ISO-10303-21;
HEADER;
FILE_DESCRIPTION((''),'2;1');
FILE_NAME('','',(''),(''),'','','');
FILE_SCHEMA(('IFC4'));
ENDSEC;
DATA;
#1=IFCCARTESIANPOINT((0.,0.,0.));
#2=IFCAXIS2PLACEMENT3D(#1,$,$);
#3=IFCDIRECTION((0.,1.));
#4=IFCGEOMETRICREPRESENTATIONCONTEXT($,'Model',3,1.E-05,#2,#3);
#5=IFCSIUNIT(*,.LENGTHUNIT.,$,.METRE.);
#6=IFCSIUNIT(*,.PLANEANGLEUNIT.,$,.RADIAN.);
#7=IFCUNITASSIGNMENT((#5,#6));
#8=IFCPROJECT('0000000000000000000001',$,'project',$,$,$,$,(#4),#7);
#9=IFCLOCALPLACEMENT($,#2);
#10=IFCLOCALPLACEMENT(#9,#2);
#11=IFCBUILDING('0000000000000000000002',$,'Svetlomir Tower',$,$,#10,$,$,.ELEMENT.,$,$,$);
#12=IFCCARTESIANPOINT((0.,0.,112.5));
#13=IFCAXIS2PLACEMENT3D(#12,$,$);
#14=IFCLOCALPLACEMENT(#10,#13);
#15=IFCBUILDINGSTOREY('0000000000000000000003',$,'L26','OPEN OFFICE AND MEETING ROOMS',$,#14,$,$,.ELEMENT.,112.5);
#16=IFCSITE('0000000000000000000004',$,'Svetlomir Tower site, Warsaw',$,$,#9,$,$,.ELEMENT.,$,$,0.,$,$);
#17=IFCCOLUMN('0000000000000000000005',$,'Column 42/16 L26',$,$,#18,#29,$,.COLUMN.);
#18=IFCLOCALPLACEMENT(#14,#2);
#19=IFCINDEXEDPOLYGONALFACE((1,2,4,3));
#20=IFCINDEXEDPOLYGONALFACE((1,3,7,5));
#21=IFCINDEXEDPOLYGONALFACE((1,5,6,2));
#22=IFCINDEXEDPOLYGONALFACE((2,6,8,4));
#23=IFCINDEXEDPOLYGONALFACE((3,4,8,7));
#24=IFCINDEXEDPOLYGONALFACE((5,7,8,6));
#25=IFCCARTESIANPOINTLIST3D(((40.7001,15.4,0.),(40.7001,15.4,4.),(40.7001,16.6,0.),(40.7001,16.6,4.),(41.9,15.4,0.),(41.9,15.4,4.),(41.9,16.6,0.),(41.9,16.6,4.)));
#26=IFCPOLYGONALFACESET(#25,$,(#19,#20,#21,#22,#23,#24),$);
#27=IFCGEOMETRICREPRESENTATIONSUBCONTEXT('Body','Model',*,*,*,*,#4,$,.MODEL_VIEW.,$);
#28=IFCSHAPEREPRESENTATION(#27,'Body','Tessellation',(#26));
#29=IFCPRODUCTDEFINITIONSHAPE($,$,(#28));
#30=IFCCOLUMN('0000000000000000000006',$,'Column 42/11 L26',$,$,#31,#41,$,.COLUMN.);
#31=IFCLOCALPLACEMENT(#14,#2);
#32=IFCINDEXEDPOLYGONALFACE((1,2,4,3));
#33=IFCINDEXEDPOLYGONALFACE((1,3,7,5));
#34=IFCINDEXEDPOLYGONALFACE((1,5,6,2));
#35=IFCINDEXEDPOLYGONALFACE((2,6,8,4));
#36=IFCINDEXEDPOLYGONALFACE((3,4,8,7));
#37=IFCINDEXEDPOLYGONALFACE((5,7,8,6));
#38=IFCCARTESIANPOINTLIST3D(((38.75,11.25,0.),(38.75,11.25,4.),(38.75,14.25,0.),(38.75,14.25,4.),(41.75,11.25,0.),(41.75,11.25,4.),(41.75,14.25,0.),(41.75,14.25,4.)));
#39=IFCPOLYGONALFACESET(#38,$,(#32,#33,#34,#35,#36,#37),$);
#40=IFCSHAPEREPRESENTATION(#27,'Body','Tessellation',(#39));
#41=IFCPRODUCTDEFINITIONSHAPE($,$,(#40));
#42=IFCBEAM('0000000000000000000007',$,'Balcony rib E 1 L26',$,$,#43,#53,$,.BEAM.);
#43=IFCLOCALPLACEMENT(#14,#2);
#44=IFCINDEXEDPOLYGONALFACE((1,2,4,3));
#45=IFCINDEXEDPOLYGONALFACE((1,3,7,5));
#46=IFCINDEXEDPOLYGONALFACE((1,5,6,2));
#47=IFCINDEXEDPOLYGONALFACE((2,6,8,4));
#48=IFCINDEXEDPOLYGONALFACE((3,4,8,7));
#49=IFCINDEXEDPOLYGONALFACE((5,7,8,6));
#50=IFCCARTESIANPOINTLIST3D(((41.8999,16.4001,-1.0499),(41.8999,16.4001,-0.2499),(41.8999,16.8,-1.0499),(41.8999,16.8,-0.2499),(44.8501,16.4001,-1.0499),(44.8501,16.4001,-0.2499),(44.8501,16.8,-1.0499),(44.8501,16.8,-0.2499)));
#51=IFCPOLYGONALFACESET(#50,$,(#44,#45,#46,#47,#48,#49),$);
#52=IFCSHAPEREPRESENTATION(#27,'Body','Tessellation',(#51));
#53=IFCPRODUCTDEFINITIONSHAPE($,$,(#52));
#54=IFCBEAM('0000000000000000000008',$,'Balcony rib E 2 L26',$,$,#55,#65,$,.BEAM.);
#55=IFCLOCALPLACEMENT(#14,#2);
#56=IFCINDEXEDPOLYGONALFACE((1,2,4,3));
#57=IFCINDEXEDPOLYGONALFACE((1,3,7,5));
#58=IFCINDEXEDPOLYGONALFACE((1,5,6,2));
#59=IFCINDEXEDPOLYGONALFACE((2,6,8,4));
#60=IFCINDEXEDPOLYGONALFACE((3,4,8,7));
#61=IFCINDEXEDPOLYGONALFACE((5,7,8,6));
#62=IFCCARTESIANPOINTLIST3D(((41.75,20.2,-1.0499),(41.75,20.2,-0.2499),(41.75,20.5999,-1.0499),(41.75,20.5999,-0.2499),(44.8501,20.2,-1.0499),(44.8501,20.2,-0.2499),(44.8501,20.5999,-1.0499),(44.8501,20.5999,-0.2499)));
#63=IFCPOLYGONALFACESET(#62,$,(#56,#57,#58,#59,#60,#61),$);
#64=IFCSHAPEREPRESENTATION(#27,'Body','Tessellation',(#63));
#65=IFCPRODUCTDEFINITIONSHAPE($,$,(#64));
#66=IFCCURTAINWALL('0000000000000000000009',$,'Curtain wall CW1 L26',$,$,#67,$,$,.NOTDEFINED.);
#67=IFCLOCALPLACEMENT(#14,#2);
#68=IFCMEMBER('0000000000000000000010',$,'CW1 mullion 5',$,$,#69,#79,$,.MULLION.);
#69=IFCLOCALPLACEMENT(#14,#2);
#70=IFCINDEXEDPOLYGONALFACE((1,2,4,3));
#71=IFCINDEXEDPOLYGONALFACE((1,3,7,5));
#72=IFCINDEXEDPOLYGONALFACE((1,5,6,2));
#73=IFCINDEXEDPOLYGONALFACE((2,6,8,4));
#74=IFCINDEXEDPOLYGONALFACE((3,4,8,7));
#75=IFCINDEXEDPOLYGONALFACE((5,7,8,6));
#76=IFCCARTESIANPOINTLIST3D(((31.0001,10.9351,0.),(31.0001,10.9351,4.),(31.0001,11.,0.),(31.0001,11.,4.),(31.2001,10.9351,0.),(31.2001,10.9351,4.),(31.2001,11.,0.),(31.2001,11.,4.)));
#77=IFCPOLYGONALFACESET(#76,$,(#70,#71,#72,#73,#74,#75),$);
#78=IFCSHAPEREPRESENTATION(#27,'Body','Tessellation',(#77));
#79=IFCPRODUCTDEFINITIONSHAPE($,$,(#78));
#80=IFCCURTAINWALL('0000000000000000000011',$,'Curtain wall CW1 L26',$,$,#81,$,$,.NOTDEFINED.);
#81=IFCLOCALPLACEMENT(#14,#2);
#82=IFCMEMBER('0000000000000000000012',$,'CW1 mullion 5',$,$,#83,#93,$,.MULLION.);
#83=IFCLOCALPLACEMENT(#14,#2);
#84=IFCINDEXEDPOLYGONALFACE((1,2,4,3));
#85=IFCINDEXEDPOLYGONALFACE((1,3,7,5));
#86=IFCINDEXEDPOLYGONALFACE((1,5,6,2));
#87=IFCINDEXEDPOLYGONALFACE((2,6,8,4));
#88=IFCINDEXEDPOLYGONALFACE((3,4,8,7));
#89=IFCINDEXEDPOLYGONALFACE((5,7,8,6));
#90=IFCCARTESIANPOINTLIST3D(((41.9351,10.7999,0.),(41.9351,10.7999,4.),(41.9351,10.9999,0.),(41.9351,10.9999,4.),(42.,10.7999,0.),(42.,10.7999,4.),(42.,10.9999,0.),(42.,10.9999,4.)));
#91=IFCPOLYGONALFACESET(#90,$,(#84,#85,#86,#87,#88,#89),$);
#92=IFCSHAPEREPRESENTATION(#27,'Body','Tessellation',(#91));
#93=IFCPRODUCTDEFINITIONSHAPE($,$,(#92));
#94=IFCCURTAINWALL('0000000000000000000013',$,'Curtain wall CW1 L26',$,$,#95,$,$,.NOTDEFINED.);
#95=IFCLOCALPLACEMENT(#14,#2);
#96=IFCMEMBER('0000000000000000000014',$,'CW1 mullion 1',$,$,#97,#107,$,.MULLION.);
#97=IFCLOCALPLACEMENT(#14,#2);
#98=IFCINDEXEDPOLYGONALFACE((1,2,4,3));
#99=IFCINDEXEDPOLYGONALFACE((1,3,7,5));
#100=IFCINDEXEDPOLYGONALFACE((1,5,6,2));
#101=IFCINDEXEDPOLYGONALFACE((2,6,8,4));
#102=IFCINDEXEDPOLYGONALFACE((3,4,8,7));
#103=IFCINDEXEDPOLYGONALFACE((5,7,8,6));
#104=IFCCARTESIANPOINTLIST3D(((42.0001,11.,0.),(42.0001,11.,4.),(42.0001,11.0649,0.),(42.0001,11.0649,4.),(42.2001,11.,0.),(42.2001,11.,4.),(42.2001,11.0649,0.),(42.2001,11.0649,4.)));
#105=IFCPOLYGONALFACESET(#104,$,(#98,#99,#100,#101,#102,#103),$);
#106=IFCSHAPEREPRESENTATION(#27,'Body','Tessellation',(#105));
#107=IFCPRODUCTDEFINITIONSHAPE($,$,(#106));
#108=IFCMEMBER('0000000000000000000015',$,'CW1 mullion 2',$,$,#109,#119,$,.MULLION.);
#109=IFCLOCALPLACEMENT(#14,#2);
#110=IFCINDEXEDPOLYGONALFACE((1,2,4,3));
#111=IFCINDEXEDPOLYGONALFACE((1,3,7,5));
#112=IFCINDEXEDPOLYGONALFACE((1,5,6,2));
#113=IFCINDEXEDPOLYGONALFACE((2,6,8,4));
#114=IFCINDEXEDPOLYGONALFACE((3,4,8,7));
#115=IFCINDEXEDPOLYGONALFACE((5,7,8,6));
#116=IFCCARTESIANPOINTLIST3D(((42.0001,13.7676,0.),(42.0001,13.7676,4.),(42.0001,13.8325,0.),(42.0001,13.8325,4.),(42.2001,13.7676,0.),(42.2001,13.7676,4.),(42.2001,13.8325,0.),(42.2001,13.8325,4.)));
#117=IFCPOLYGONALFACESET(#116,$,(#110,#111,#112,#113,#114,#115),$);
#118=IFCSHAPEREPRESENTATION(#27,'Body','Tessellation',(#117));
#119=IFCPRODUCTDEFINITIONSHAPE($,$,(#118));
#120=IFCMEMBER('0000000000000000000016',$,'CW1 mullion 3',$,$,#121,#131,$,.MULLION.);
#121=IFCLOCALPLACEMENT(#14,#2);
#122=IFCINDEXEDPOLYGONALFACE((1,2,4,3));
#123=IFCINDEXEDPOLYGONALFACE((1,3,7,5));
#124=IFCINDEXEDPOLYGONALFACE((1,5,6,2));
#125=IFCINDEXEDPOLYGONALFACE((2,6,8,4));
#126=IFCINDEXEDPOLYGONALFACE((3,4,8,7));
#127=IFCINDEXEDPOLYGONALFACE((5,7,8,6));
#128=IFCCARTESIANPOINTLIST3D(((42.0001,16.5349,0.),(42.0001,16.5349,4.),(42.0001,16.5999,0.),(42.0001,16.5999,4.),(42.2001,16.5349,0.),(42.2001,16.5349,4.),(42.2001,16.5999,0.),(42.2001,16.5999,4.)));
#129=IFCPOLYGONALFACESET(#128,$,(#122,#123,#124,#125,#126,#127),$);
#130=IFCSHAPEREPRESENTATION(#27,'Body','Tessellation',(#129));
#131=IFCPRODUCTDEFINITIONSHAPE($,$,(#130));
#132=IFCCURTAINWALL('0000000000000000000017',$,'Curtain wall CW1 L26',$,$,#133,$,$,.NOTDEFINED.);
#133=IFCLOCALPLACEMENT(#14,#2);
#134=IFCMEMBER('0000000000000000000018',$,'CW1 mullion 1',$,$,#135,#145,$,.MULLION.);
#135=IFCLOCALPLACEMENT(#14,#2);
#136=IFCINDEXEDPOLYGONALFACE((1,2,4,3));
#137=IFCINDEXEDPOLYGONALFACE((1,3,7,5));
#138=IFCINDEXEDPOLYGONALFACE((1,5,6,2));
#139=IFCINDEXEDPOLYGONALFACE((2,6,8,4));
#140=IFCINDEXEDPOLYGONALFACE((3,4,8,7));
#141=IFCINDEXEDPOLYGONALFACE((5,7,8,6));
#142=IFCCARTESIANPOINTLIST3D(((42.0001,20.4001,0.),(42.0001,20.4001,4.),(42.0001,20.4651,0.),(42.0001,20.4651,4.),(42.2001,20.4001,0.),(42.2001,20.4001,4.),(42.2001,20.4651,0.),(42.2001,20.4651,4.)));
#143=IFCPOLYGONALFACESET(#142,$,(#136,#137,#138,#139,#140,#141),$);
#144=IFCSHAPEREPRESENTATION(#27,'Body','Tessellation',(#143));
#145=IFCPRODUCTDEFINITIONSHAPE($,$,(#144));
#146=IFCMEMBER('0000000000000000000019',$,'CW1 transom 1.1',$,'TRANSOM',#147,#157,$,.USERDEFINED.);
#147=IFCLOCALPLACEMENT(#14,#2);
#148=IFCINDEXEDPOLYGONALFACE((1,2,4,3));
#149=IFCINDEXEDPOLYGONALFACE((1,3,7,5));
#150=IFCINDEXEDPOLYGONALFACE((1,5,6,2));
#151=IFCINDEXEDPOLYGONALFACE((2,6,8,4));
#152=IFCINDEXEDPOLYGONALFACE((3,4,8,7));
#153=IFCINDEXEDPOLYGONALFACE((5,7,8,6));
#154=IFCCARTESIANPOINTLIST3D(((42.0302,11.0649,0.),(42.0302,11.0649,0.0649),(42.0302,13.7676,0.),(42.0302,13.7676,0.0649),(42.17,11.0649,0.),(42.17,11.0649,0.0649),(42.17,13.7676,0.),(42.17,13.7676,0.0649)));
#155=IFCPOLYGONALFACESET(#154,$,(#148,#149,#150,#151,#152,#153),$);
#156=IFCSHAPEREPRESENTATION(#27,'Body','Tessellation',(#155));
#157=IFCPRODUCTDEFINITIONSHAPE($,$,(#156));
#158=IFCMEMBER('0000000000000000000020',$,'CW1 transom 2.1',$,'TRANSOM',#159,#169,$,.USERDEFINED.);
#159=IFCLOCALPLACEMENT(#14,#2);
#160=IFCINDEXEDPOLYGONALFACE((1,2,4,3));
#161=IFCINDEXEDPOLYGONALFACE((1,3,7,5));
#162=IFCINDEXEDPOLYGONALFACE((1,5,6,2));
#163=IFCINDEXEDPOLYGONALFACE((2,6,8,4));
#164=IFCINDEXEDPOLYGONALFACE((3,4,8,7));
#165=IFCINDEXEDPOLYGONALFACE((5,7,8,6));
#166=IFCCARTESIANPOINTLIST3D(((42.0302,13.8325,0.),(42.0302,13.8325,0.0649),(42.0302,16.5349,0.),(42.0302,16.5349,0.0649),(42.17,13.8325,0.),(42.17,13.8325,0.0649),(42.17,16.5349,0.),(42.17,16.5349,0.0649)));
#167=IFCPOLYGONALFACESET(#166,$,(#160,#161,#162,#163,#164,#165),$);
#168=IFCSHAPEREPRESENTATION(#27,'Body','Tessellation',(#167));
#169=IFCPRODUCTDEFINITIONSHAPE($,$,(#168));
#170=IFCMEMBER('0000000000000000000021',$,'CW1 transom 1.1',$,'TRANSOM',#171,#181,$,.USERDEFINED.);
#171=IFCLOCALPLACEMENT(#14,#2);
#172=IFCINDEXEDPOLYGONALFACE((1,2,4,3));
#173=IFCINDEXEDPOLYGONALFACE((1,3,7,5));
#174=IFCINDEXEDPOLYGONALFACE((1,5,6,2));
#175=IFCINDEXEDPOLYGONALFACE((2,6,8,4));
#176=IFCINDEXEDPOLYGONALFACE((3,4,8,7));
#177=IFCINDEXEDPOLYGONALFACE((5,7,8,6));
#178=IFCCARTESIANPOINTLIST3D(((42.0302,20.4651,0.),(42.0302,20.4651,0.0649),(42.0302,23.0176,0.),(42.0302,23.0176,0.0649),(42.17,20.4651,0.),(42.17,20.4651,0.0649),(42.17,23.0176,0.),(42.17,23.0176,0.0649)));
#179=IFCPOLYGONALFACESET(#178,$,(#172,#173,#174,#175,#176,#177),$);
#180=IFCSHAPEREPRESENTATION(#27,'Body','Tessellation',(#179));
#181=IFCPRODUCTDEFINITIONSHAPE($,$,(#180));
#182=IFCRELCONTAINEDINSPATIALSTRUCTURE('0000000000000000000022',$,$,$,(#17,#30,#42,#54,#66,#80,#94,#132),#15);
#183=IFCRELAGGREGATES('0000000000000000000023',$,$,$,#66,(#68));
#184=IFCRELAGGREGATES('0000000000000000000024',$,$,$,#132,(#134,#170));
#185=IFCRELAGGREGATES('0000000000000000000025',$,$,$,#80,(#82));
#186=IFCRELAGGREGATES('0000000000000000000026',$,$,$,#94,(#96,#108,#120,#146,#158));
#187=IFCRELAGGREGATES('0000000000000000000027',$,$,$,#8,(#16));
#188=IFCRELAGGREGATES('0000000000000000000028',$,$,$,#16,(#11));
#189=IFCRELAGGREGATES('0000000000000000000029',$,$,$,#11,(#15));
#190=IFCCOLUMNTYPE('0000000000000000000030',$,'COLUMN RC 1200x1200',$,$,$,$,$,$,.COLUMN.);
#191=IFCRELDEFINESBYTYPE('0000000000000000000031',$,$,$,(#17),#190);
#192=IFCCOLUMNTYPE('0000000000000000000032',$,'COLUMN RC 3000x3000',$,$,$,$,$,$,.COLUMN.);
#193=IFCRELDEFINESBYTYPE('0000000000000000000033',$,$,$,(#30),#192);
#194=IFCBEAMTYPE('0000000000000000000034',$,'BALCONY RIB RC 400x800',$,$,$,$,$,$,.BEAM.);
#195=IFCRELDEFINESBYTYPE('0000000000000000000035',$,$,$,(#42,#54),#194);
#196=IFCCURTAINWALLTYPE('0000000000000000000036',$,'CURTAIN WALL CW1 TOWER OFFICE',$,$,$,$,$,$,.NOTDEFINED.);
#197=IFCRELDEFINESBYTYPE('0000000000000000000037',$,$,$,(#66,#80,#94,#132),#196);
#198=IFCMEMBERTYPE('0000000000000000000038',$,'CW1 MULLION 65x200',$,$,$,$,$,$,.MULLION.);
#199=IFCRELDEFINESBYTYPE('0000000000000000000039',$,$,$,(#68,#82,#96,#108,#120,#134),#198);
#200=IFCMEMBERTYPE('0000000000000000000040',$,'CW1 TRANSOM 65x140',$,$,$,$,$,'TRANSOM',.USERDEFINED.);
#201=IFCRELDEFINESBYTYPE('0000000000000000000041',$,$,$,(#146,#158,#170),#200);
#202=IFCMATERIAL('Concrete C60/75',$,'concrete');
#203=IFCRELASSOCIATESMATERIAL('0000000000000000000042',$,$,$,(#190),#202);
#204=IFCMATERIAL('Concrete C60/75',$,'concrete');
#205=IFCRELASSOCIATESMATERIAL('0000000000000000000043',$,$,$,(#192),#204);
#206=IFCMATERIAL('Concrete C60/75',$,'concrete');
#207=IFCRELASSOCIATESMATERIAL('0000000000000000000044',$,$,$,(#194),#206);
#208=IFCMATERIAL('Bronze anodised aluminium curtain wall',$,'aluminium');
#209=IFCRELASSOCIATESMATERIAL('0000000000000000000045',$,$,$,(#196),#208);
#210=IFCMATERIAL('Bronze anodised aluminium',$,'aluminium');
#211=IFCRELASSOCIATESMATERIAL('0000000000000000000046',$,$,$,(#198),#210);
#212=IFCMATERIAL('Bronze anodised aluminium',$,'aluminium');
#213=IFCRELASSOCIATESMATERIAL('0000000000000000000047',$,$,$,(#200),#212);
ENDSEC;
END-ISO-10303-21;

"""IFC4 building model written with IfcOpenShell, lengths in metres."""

from ifc_helpers import new_model, si_unit, direction, frame, origin, origin_2d, place, context, subcontext, project, spatial, rectangle, extrude, material, material_profile, profile_set, type_object, element, aggregate, save


model = new_model("IFC4")

# Units and contexts
model_context = context("Model", 3, precision=1e-05, world=origin(), true_north=direction((0.0, 1.0)))
body_context = subcontext(model_context, "Body", "Model", "MODEL_VIEW")
ifc_project = project(units=[si_unit("LENGTHUNIT", "METRE"), si_unit("PLANEANGLEUNIT", "RADIAN")], contexts=[model_context])

# Site, building, storey
site_placement = place(None, origin())
site = spatial("IfcSite", under=ifc_project, at=site_placement, Name="Svetlomir Tower site, Warsaw", CompositionType="ELEMENT", RefElevation=0.0)
building_placement = place(site_placement, origin())
building = spatial("IfcBuilding", under=site, at=building_placement, Name="Svetlomir Tower", CompositionType="ELEMENT")
storey_placement = place(building_placement, frame((0.0, 0.0, 112.5)))
storey = spatial("IfcBuildingStorey", under=building, at=storey_placement, Name="L26", Description="OPEN OFFICE AND MEETING ROOMS", CompositionType="ELEMENT", Elevation=112.5)

# Columns
ifc_material_1 = material(Name="Concrete C60/75", Category="concrete")
ifc_material_profile_1 = material_profile(ifc_material_1, rectangle(XDim=1.2, YDim=1.2, at=origin_2d()), Name="RC 1200x1200")
ifc_profile_set_1 = profile_set([ifc_material_profile_1], Name="Concrete C60/75")
column_type_1 = type_object("IfcColumnType", Name="COLUMN RC 1200x1200", PredefinedType="COLUMN", material=ifc_profile_set_1)
column_1_placement = place(storey_placement, frame((41.3, 16.0, 0.0), z_axis=(0.0, 0.0, 1.0), x_axis=(1.0, 0.0, 0.0)))
element("IfcColumn", 1, at=column_1_placement, inside=storey, type_object=column_type_1, Name="Column 42/16 L26", PredefinedType="COLUMN", context=body_context, shape_type="SweptSolid", body=[
    extrude(rectangle(XDim=1.2, YDim=1.2, at=origin_2d()), origin(), (0.0, 0.0, 1.0), 4.0),
])
ifc_material_2 = material(Name="Concrete C60/75", Category="concrete")
ifc_material_profile_2 = material_profile(ifc_material_2, rectangle(XDim=3.0, YDim=3.0, at=origin_2d()), Name="RC 3000x3000")
ifc_profile_set_2 = profile_set([ifc_material_profile_2], Name="Concrete C60/75")
column_type_2 = type_object("IfcColumnType", Name="COLUMN RC 3000x3000", PredefinedType="COLUMN", material=ifc_profile_set_2)
column_2_placement = place(storey_placement, frame((40.25, 12.75, 0.0), z_axis=(0.0, 0.0, 1.0), x_axis=(1.0, 0.0, 0.0)))
element("IfcColumn", 2, at=column_2_placement, inside=storey, type_object=column_type_2, Name="Column 42/11 L26", PredefinedType="COLUMN", context=body_context, shape_type="SweptSolid", body=[
    extrude(rectangle(XDim=3.0, YDim=3.0, at=origin_2d()), origin(), (0.0, 0.0, 1.0), 4.0),
])

# Beams
ifc_material_3 = material(Name="Concrete C60/75", Category="concrete")
ifc_material_profile_3 = material_profile(ifc_material_3, rectangle(XDim=0.3999, YDim=0.8, at=origin_2d()), Name="RC 400x800")
ifc_profile_set_3 = profile_set([ifc_material_profile_3], Name="Concrete C60/75")
beam_type_1 = type_object("IfcBeamType", Name="BALCONY RIB RC 400x800", PredefinedType="BEAM", material=ifc_profile_set_3)
beam_1_placement = place(storey_placement, frame((41.8999, 16.6001, -0.6499), z_axis=(1.0, 0.0, 0.0), x_axis=(0.0, 1.0, 0.0)))
element("IfcBeam", 3, at=beam_1_placement, inside=storey, type_object=beam_type_1, Name="Balcony rib E 1 L26", PredefinedType="BEAM", context=body_context, shape_type="SweptSolid", body=[
    extrude(rectangle(XDim=0.3999, YDim=0.8, at=origin_2d()), origin(), (0.0, 0.0, 1.0), 2.9502),
])
beam_2_placement = place(storey_placement, frame((41.75, 20.3999, -0.6499), z_axis=(1.0, 0.0, 0.0), x_axis=(0.0, 1.0, 0.0)))
element("IfcBeam", 4, at=beam_2_placement, inside=storey, type_object=beam_type_1, Name="Balcony rib E 2 L26", PredefinedType="BEAM", context=body_context, shape_type="SweptSolid", body=[
    extrude(rectangle(XDim=0.3999, YDim=0.8, at=origin_2d()), origin(), (0.0, 0.0, 1.0), 3.1001),
])

# Curtain walls, members
ifc_material_4 = material(Name="Bronze anodised aluminium curtain wall", Category="aluminium")
curtain_wall_type = type_object("IfcCurtainWallType", Name="CURTAIN WALL CW1 TOWER OFFICE", PredefinedType="NOTDEFINED", material=ifc_material_4)
curtain_wall_1_placement = place(storey_placement, origin())
curtain_wall_1 = element("IfcCurtainWall", 5, at=curtain_wall_1_placement, inside=storey, type_object=curtain_wall_type, Name="Curtain wall CW1 L26", PredefinedType="NOTDEFINED")
ifc_material_5 = material(Name="Bronze anodised aluminium", Category="aluminium")
ifc_material_profile_4 = material_profile(ifc_material_5, rectangle(XDim=0.0649, YDim=0.2, at=origin_2d()), Name="AL 65x200")
ifc_profile_set_4 = profile_set([ifc_material_profile_4], Name="Bronze anodised aluminium 6063-T6")
member_type_1 = type_object("IfcMemberType", Name="CW1 MULLION 65x200", PredefinedType="MULLION", material=ifc_profile_set_4)
member_1_placement = place(storey_placement, frame((31.1001, 10.9675, 0.0), z_axis=(0.0, 0.0, 1.0), x_axis=(0.0, 1.0, 0.0)))
member_1 = element("IfcMember", 6, at=member_1_placement, type_object=member_type_1, Name="CW1 mullion 5", PredefinedType="MULLION", context=body_context, shape_type="SweptSolid", body=[
    extrude(rectangle(XDim=0.0649, YDim=0.2, at=origin_2d()), origin(), (0.0, 0.0, 1.0), 4.0),
])
aggregate(curtain_wall_1, [member_1])
curtain_wall_2_placement = place(storey_placement, origin())
curtain_wall_2 = element("IfcCurtainWall", 7, at=curtain_wall_2_placement, inside=storey, type_object=curtain_wall_type, Name="Curtain wall CW1 L26", PredefinedType="NOTDEFINED")
member_2_placement = place(storey_placement, frame((41.9675, 10.8999, 0.0), z_axis=(0.0, 0.0, 1.0), x_axis=(1.0, 0.0, 0.0)))
member_2 = element("IfcMember", 8, at=member_2_placement, type_object=member_type_1, Name="CW1 mullion 5", PredefinedType="MULLION", context=body_context, shape_type="SweptSolid", body=[
    extrude(rectangle(XDim=0.0649, YDim=0.2, at=origin_2d()), origin(), (0.0, 0.0, 1.0), 4.0),
])

# Curtain wall, members
curtain_wall_3_placement = place(storey_placement, origin())
curtain_wall_3 = element("IfcCurtainWall", 9, at=curtain_wall_3_placement, inside=storey, type_object=curtain_wall_type, Name="Curtain wall CW1 L26", PredefinedType="NOTDEFINED")
member_3_placement = place(storey_placement, frame((42.1001, 11.0325, 0.0), z_axis=(0.0, 0.0, 1.0), x_axis=(0.0, 1.0, 0.0)))
member_3 = element("IfcMember", 10, at=member_3_placement, type_object=member_type_1, Name="CW1 mullion 1", PredefinedType="MULLION", context=body_context, shape_type="SweptSolid", body=[
    extrude(rectangle(XDim=0.0649, YDim=0.2, at=origin_2d()), origin(), (0.0, 0.0, 1.0), 4.0),
])
member_4_placement = place(storey_placement, frame((42.1001, 13.8, 0.0), z_axis=(0.0, 0.0, 1.0), x_axis=(0.0, 1.0, 0.0)))
member_4 = element("IfcMember", 11, at=member_4_placement, type_object=member_type_1, Name="CW1 mullion 2", PredefinedType="MULLION", context=body_context, shape_type="SweptSolid", body=[
    extrude(rectangle(XDim=0.0649, YDim=0.2, at=origin_2d()), origin(), (0.0, 0.0, 1.0), 4.0),
])
member_5_placement = place(storey_placement, frame((42.1001, 16.5674, 0.0), z_axis=(0.0, 0.0, 1.0), x_axis=(0.0, 1.0, 0.0)))
member_5 = element("IfcMember", 12, at=member_5_placement, type_object=member_type_1, Name="CW1 mullion 3", PredefinedType="MULLION", context=body_context, shape_type="SweptSolid", body=[
    extrude(rectangle(XDim=0.0649, YDim=0.2, at=origin_2d()), origin(), (0.0, 0.0, 1.0), 4.0),
])

# Curtain wall, member
curtain_wall_4_placement = place(storey_placement, origin())
curtain_wall_4 = element("IfcCurtainWall", 13, at=curtain_wall_4_placement, inside=storey, type_object=curtain_wall_type, Name="Curtain wall CW1 L26", PredefinedType="NOTDEFINED")
member_6_placement = place(storey_placement, frame((42.1001, 20.4326, 0.0), z_axis=(0.0, 0.0, 1.0), x_axis=(0.0, 1.0, 0.0)))
member_6 = element("IfcMember", 14, at=member_6_placement, type_object=member_type_1, Name="CW1 mullion 1", PredefinedType="MULLION", context=body_context, shape_type="SweptSolid", body=[
    extrude(rectangle(XDim=0.0649, YDim=0.2, at=origin_2d()), origin(), (0.0, 0.0, 1.0), 4.0),
])

# Members
ifc_material_6 = material(Name="Bronze anodised aluminium", Category="aluminium")
ifc_material_profile_5 = material_profile(ifc_material_6, rectangle(XDim=0.1399, YDim=0.0649, at=origin_2d()), Name="AL 140x65")
ifc_profile_set_5 = profile_set([ifc_material_profile_5], Name="Bronze anodised aluminium 6063-T6")
member_type_2 = type_object("IfcMemberType", Name="CW1 TRANSOM 65x140", ElementType="TRANSOM", PredefinedType="USERDEFINED", material=ifc_profile_set_5)
member_7_placement = place(storey_placement, frame((42.1001, 11.0649, 0.0325), z_axis=(0.0, 1.0, 0.0), x_axis=(-1.0, 0.0, 0.0)))
member_7 = element("IfcMember", 15, at=member_7_placement, type_object=member_type_2, Name="CW1 transom 1.1", ObjectType="TRANSOM", PredefinedType="USERDEFINED", context=body_context, shape_type="SweptSolid", body=[
    extrude(rectangle(XDim=0.1399, YDim=0.0649, at=origin_2d()), origin(), (0.0, 0.0, 1.0), 2.7026),
])
member_8_placement = place(storey_placement, frame((42.1001, 13.8325, 0.0325), z_axis=(0.0, 1.0, 0.0), x_axis=(-1.0, 0.0, 0.0)))
member_8 = element("IfcMember", 16, at=member_8_placement, type_object=member_type_2, Name="CW1 transom 2.1", ObjectType="TRANSOM", PredefinedType="USERDEFINED", context=body_context, shape_type="SweptSolid", body=[
    extrude(rectangle(XDim=0.1399, YDim=0.0649, at=origin_2d()), origin(), (0.0, 0.0, 1.0), 2.7024),
])
member_9_placement = place(storey_placement, frame((42.1001, 20.4651, 0.0325), z_axis=(0.0, 1.0, 0.0), x_axis=(-1.0, 0.0, 0.0)))
member_9 = element("IfcMember", 17, at=member_9_placement, type_object=member_type_2, Name="CW1 transom 1.1", ObjectType="TRANSOM", PredefinedType="USERDEFINED", context=body_context, shape_type="SweptSolid", body=[
    extrude(rectangle(XDim=0.1399, YDim=0.0649, at=origin_2d()), origin(), (0.0, 0.0, 1.0), 2.5525),
])
aggregate(curtain_wall_4, [member_6, member_9])

aggregate(curtain_wall_2, [member_2])
aggregate(curtain_wall_3, [member_3, member_4, member_5, member_7, member_8])

save(model, "model.ifc")
